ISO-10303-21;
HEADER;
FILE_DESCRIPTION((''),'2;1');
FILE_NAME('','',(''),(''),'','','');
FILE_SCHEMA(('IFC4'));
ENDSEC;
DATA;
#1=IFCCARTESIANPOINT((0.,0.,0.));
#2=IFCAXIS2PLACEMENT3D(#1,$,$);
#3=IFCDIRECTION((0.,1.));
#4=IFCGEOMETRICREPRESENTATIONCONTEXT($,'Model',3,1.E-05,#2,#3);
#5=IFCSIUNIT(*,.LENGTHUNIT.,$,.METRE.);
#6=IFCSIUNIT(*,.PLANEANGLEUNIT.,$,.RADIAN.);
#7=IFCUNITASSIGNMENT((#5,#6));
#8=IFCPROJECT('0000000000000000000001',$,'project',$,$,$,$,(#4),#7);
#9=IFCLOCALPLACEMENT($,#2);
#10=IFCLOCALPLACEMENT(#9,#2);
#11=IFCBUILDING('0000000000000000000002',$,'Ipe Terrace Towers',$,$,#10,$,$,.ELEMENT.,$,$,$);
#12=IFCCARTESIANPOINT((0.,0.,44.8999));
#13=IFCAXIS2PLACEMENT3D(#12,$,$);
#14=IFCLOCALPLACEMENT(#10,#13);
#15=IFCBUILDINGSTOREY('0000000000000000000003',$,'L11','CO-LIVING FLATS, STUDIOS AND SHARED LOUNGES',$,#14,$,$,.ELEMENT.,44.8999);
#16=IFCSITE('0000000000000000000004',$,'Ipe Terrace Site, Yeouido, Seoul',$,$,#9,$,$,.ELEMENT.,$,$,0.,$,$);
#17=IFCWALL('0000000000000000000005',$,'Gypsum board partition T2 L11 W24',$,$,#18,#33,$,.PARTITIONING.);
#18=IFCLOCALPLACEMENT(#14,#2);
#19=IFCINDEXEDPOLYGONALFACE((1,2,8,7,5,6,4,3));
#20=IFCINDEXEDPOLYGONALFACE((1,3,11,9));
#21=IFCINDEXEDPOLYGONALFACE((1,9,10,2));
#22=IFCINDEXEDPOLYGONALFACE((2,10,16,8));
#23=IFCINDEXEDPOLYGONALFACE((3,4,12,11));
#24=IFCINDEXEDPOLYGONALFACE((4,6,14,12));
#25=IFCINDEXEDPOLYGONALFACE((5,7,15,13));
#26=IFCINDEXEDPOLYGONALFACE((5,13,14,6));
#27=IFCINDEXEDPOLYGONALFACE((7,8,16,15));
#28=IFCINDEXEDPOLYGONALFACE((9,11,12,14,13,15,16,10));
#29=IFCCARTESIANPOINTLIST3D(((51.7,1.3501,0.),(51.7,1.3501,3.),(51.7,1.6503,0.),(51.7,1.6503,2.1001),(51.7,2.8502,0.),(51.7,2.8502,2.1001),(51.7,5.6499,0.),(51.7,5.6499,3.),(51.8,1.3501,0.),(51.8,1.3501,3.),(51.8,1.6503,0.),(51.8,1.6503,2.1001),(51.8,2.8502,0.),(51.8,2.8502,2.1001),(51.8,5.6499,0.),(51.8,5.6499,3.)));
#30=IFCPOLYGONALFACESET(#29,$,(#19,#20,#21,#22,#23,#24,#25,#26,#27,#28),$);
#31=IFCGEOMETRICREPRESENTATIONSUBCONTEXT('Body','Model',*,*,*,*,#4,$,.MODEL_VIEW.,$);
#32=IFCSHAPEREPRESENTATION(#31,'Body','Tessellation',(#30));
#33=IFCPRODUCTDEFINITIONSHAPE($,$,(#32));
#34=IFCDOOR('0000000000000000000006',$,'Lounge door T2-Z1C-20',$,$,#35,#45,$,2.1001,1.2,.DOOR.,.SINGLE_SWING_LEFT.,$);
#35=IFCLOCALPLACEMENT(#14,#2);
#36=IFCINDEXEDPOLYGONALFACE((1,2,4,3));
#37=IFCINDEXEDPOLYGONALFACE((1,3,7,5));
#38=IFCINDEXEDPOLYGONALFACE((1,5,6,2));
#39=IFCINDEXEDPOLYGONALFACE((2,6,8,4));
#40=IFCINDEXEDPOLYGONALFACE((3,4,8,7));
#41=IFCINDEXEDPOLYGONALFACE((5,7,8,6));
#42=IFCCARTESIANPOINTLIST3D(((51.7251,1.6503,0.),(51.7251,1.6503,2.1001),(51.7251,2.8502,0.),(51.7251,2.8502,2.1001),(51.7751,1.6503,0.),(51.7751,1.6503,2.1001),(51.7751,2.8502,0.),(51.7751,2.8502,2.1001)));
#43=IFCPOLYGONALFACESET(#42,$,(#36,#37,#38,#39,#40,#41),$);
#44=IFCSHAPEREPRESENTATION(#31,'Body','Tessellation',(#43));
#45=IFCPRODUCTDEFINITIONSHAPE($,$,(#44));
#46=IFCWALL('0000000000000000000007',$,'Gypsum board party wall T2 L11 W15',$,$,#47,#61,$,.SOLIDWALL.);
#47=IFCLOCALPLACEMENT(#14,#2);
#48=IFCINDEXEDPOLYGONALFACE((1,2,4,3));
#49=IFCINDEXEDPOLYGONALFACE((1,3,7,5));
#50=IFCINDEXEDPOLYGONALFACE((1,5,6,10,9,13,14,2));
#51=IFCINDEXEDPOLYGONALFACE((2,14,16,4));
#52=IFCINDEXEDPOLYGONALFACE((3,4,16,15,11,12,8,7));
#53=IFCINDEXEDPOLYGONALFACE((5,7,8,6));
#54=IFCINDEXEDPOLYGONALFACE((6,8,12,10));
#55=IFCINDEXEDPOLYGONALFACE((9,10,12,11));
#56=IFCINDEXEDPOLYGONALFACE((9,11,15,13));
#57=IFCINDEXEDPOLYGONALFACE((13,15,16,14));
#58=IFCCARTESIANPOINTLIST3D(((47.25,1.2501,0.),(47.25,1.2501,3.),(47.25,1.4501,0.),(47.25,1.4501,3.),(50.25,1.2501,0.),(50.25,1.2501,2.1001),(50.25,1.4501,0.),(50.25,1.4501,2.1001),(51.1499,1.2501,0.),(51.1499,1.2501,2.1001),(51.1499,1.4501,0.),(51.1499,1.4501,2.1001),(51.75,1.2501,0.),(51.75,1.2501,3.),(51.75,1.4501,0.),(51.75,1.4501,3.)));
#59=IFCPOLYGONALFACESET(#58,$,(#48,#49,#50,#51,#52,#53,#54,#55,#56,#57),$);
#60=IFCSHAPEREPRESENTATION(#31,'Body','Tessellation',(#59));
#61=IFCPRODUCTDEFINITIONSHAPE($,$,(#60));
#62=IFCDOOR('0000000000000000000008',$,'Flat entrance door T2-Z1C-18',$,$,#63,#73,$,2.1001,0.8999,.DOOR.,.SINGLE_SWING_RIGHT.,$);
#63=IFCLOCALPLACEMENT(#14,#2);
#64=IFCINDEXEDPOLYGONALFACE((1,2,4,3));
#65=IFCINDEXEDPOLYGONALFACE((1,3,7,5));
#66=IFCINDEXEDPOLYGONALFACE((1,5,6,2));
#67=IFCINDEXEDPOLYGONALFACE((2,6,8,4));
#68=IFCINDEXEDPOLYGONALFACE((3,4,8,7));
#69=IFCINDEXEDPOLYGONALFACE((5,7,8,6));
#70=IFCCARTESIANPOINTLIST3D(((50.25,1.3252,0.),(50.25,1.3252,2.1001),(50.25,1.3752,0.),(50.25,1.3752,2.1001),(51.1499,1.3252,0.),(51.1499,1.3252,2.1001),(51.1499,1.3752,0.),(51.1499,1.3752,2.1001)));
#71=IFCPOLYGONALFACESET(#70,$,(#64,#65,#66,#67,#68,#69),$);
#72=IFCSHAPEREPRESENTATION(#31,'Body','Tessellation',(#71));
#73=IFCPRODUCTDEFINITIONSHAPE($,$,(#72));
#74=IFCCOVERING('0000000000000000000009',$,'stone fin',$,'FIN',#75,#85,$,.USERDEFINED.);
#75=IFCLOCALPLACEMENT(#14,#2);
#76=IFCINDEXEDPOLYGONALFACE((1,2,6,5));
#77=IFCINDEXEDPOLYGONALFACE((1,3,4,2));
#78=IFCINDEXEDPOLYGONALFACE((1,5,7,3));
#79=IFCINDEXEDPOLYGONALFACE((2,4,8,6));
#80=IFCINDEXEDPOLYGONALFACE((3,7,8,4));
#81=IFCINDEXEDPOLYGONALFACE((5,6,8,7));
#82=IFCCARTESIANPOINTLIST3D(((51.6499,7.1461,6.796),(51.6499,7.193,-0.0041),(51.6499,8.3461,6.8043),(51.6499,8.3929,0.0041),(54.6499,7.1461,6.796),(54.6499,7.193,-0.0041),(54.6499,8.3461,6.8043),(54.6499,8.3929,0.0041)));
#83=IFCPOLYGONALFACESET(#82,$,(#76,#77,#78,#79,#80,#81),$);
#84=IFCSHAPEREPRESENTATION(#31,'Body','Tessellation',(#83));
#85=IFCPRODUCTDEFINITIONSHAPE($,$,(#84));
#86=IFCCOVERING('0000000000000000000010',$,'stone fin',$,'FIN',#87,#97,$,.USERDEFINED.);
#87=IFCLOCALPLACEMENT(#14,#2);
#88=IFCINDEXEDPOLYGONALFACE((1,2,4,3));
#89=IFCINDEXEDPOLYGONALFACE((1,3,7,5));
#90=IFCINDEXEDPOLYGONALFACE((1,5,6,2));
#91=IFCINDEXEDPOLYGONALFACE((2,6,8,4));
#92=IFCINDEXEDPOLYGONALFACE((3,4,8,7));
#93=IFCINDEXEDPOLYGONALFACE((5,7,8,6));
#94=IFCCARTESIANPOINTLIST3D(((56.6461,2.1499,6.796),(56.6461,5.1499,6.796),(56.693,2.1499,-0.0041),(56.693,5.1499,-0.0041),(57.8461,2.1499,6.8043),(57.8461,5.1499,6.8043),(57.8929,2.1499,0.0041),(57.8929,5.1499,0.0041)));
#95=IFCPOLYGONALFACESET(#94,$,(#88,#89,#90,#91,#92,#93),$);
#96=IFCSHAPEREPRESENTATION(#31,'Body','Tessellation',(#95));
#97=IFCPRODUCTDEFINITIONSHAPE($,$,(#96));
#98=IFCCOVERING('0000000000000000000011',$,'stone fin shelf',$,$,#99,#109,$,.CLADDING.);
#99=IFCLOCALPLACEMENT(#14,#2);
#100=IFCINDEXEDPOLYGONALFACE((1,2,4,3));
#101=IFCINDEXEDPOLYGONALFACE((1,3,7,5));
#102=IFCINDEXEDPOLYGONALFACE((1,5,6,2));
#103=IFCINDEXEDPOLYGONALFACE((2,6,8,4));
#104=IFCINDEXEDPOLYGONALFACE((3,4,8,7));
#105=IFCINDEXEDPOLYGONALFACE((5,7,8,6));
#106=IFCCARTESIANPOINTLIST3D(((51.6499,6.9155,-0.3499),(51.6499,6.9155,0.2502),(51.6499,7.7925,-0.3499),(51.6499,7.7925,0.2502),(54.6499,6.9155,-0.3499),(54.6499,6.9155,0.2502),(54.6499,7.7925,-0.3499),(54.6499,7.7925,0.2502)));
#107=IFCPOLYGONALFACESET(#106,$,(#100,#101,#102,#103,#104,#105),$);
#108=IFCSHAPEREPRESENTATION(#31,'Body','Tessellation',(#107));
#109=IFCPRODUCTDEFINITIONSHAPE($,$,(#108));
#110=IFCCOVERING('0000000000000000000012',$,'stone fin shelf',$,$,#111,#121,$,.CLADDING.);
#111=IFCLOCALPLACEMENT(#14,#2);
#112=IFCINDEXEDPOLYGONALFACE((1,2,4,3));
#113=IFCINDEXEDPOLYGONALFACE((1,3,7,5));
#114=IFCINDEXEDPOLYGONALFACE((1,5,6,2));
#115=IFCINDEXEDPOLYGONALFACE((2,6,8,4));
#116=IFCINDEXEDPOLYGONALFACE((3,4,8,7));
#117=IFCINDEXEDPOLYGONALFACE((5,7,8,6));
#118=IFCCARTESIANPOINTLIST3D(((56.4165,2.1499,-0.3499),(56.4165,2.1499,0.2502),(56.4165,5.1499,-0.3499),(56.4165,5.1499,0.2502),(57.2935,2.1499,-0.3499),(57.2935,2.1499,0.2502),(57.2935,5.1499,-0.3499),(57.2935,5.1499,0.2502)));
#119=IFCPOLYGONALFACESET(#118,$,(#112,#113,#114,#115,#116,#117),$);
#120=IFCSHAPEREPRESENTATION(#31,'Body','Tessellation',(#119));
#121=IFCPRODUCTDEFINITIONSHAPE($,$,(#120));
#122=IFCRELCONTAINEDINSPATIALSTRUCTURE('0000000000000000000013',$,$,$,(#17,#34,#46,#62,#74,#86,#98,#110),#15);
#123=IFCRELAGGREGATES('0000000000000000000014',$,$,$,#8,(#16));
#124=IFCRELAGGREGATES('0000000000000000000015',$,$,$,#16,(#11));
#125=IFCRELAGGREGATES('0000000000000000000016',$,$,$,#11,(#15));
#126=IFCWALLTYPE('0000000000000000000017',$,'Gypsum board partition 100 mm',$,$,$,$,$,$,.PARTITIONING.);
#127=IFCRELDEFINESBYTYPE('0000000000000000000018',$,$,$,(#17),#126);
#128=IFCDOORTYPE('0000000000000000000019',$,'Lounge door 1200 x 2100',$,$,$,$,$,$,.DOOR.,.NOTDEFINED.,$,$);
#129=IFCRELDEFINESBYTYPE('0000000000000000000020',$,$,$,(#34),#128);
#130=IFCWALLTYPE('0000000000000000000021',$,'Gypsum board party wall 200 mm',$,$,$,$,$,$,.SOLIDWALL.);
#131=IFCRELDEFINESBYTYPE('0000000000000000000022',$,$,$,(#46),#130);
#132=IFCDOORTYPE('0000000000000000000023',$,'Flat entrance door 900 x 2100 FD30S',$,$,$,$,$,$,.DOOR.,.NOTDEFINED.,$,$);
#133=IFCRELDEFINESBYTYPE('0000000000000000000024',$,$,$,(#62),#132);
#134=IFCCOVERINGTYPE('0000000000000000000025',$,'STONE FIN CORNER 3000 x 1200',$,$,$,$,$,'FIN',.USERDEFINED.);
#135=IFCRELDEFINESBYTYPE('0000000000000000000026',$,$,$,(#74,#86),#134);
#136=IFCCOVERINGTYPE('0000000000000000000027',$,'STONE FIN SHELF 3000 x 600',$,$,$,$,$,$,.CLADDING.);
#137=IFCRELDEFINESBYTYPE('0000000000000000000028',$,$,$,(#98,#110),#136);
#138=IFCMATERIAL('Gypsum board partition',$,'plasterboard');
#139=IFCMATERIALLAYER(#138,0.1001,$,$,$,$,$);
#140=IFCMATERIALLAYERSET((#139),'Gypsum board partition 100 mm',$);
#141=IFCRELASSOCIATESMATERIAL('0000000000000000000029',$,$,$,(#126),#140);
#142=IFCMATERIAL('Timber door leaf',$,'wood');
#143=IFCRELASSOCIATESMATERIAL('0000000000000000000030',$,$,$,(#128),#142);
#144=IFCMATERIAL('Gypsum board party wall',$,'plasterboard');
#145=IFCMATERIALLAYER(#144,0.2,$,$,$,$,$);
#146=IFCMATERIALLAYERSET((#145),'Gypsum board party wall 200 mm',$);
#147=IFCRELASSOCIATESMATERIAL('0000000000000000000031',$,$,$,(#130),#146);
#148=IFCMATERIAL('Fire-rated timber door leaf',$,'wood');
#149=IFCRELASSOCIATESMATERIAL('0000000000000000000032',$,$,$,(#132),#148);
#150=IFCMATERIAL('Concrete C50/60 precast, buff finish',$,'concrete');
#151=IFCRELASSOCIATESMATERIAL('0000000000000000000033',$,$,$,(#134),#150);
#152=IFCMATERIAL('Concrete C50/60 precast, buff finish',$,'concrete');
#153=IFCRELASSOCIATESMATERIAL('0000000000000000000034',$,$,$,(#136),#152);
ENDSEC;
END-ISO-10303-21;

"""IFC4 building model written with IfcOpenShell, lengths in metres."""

from ifc_helpers import new_model, si_unit, direction, frame, frame_2d, origin, origin_2d, place, context, subcontext, project, spatial, rectangle, extrude, material, layer, layer_set, material_profile, profile_set, type_object, element, fill, save


model = new_model("IFC4")

# Units and contexts
model_context = context("Model", 3, precision=1e-05, world=origin(), true_north=direction((0.0, 1.0)))
body_context = subcontext(model_context, "Body", "Model", "MODEL_VIEW")
ifc_project = project(units=[si_unit("LENGTHUNIT", "METRE"), si_unit("PLANEANGLEUNIT", "RADIAN")], contexts=[model_context])

# Site, building, storey
site_placement = place(None, origin())
site = spatial("IfcSite", under=ifc_project, at=site_placement, Name="Ipe Terrace Site, Yeouido, Seoul", CompositionType="ELEMENT", RefElevation=0.0)
building_placement = place(site_placement, origin())
building = spatial("IfcBuilding", under=site, at=building_placement, Name="Ipe Terrace Towers", CompositionType="ELEMENT")
storey_placement = place(building_placement, frame((0.0, 0.0, 44.8999)))
storey = spatial("IfcBuildingStorey", under=building, at=storey_placement, Name="L11", Description="CO-LIVING FLATS, STUDIOS AND SHARED LOUNGES", CompositionType="ELEMENT", Elevation=44.8999)

# Shared definitions
ifc_material_1 = material(Name="Gypsum board partition", Category="plasterboard")
ifc_layer_1 = layer(ifc_material_1, 0.1001)
ifc_layer_set_1 = layer_set([ifc_layer_1], Name="Gypsum board partition 100 mm")
wall_type_1 = type_object("IfcWallType", Name="Gypsum board partition 100 mm", PredefinedType="PARTITIONING", material=ifc_layer_set_1)

# Walls, openings, doors
wall_1_placement = place(storey_placement, frame((51.75, 1.3501, 0.0), z_axis=(0.0, 0.0, 1.0), x_axis=(0.0, 1.0, 0.0)))
wall_1 = element("IfcWall", 1, at=wall_1_placement, inside=storey, type_object=wall_type_1, Name="Gypsum board partition T2 L11 W24", PredefinedType="PARTITIONING", context=body_context, shape_type="SweptSolid", body=[
    extrude(rectangle(XDim=4.2998, YDim=0.1001, at=frame_2d((2.1499, 0.0))), origin(), (0.0, 0.0, 1.0), 3.0),
])
opening_1_placement = place(wall_1_placement, frame((0.3, 0.0, 0.0)))
opening_1 = element("IfcOpeningElement", 2, at=opening_1_placement, cuts=wall_1, PredefinedType="OPENING", context=body_context, shape_type="SweptSolid", body=[
    extrude(rectangle(XDim=1.2, YDim=2.1001, at=frame_2d((0.6001, 1.05))), frame((0.0, 0.0601, 0.0), z_axis=(0.0, -1.0, 0.0), x_axis=(1.0, 0.0, 0.0)), (0.0, 0.0, 1.0), 0.1201),
])
ifc_material_2 = material(Name="Timber door leaf", Category="wood")
door_type_1 = type_object("IfcDoorType", Name="Lounge door 1200 x 2100", OperationType="NOTDEFINED", PredefinedType="DOOR", material=ifc_material_2)
door_1_placement = place(opening_1_placement, origin())
door_1 = element("IfcDoor", 3, at=door_1_placement, inside=storey, type_object=door_type_1, Name="Lounge door T2-Z1C-20", OperationType="SINGLE_SWING_LEFT", OverallHeight=2.1001, OverallWidth=1.2, PredefinedType="DOOR", context=body_context, shape_type="SweptSolid", body=[
    extrude(rectangle(XDim=1.2, YDim=2.1001, at=frame_2d((0.6001, 1.05))), frame((0.0, 0.0249, 0.0), z_axis=(0.0, -1.0, 0.0), x_axis=(1.0, 0.0, 0.0)), (0.0, 0.0, 1.0), 0.05),
])
fill(opening_1, door_1)
ifc_material_3 = material(Name="Gypsum board party wall", Category="plasterboard")
ifc_layer_2 = layer(ifc_material_3, 0.2)
ifc_layer_set_2 = layer_set([ifc_layer_2], Name="Gypsum board party wall 200 mm")
wall_type_2 = type_object("IfcWallType", Name="Gypsum board party wall 200 mm", PredefinedType="SOLIDWALL", material=ifc_layer_set_2)
wall_2_placement = place(storey_placement, frame((51.75, 1.3501, 0.0), z_axis=(0.0, 0.0, 1.0), x_axis=(-1.0, 0.0, 0.0)))
wall_2 = element("IfcWall", 4, at=wall_2_placement, inside=storey, type_object=wall_type_2, Name="Gypsum board party wall T2 L11 W15", PredefinedType="SOLIDWALL", context=body_context, shape_type="SweptSolid", body=[
    extrude(rectangle(XDim=4.5, YDim=0.2, at=frame_2d((2.25, 0.0))), origin(), (0.0, 0.0, 1.0), 3.0),
])
opening_2_placement = place(wall_2_placement, frame((0.6001, 0.0, 0.0)))
opening_2 = element("IfcOpeningElement", 5, at=opening_2_placement, cuts=wall_2, PredefinedType="OPENING", context=body_context, shape_type="SweptSolid", body=[
    extrude(rectangle(XDim=0.8999, YDim=2.1001, at=frame_2d((0.45, 1.05))), frame((0.0, 0.1099, 0.0), z_axis=(0.0, -1.0, 0.0), x_axis=(1.0, 0.0, 0.0)), (0.0, 0.0, 1.0), 0.22),
])
ifc_material_4 = material(Name="Fire-rated timber door leaf", Category="wood")
door_type_2 = type_object("IfcDoorType", Name="Flat entrance door 900 x 2100 FD30S", OperationType="NOTDEFINED", PredefinedType="DOOR", material=ifc_material_4)
door_2_placement = place(opening_2_placement, origin())
door_2 = element("IfcDoor", 6, at=door_2_placement, inside=storey, type_object=door_type_2, Name="Flat entrance door T2-Z1C-18", OperationType="SINGLE_SWING_RIGHT", OverallHeight=2.1001, OverallWidth=0.8999, PredefinedType="DOOR", context=body_context, shape_type="SweptSolid", body=[
    extrude(rectangle(XDim=0.8999, YDim=2.1001, at=frame_2d((0.45, 1.05))), frame((0.0, 0.0249, 0.0), z_axis=(0.0, -1.0, 0.0), x_axis=(1.0, 0.0, 0.0)), (0.0, 0.0, 1.0), 0.05),
])
fill(opening_2, door_2)

# Coverings
ifc_material_5 = material(Name="Concrete C50/60 precast, buff finish", Category="concrete")
ifc_material_profile_1 = material_profile(ifc_material_5, rectangle(XDim=3.0, YDim=1.2, at=origin_2d()), Name="STONE FIN CORNER 3000 x 1200")
ifc_profile_set_1 = profile_set([ifc_material_profile_1], Name="Concrete C50/60 precast, buff finish")
covering_type_1 = type_object("IfcCoveringType", Name="STONE FIN CORNER 3000 x 1200", ElementType="FIN", PredefinedType="USERDEFINED", material=ifc_profile_set_1)
for number, where, z_axis, x_axis, name in (
    (7, (53.1499, 7.793, 0.0), (0.0, -0.006893, 0.999976), (-1.0, 0.0, 0.0), "stone fin"),
    (8, (57.293, 3.6499, 0.0), (-0.006893, 0.0, 0.999976), (0.0, 1.0, 0.0), "stone fin"),
):
    element("IfcCovering", number, at=place(storey_placement, frame(where, z_axis=z_axis, x_axis=x_axis)), inside=storey, type_object=covering_type_1, Name=name, ObjectType="FIN", PredefinedType="USERDEFINED", context=body_context, shape_type="SweptSolid", body=[
        extrude(rectangle(XDim=3.0, YDim=1.2, at=origin_2d()), origin(), (0.0, 0.0, 1.0), 6.8003),
    ])
ifc_material_6 = material(Name="Concrete C50/60 precast, buff finish", Category="concrete")
covering_type_2 = type_object("IfcCoveringType", Name="STONE FIN SHELF 3000 x 600", PredefinedType="CLADDING", material=ifc_material_6)
for number, where, z_axis, x_axis, name in (
    (9, (53.1499, 7.354, -0.3499), (0.0, 0.0, 1.0), (-1.0, 0.0, 0.0), "stone fin shelf"),
    (10, (56.855, 3.6499, -0.3499), (0.0, 0.0, 1.0), (0.0, 1.0, 0.0), "stone fin shelf"),
):
    element("IfcCovering", number, at=place(storey_placement, frame(where, z_axis=z_axis, x_axis=x_axis)), inside=storey, type_object=covering_type_2, Name=name, PredefinedType="CLADDING", context=body_context, shape_type="SweptSolid", body=[
        extrude(rectangle(XDim=3.0, YDim=0.877, at=origin_2d()), origin(), (0.0, 0.0, 1.0), 0.6001),
    ])

save(model, "model.ifc")
